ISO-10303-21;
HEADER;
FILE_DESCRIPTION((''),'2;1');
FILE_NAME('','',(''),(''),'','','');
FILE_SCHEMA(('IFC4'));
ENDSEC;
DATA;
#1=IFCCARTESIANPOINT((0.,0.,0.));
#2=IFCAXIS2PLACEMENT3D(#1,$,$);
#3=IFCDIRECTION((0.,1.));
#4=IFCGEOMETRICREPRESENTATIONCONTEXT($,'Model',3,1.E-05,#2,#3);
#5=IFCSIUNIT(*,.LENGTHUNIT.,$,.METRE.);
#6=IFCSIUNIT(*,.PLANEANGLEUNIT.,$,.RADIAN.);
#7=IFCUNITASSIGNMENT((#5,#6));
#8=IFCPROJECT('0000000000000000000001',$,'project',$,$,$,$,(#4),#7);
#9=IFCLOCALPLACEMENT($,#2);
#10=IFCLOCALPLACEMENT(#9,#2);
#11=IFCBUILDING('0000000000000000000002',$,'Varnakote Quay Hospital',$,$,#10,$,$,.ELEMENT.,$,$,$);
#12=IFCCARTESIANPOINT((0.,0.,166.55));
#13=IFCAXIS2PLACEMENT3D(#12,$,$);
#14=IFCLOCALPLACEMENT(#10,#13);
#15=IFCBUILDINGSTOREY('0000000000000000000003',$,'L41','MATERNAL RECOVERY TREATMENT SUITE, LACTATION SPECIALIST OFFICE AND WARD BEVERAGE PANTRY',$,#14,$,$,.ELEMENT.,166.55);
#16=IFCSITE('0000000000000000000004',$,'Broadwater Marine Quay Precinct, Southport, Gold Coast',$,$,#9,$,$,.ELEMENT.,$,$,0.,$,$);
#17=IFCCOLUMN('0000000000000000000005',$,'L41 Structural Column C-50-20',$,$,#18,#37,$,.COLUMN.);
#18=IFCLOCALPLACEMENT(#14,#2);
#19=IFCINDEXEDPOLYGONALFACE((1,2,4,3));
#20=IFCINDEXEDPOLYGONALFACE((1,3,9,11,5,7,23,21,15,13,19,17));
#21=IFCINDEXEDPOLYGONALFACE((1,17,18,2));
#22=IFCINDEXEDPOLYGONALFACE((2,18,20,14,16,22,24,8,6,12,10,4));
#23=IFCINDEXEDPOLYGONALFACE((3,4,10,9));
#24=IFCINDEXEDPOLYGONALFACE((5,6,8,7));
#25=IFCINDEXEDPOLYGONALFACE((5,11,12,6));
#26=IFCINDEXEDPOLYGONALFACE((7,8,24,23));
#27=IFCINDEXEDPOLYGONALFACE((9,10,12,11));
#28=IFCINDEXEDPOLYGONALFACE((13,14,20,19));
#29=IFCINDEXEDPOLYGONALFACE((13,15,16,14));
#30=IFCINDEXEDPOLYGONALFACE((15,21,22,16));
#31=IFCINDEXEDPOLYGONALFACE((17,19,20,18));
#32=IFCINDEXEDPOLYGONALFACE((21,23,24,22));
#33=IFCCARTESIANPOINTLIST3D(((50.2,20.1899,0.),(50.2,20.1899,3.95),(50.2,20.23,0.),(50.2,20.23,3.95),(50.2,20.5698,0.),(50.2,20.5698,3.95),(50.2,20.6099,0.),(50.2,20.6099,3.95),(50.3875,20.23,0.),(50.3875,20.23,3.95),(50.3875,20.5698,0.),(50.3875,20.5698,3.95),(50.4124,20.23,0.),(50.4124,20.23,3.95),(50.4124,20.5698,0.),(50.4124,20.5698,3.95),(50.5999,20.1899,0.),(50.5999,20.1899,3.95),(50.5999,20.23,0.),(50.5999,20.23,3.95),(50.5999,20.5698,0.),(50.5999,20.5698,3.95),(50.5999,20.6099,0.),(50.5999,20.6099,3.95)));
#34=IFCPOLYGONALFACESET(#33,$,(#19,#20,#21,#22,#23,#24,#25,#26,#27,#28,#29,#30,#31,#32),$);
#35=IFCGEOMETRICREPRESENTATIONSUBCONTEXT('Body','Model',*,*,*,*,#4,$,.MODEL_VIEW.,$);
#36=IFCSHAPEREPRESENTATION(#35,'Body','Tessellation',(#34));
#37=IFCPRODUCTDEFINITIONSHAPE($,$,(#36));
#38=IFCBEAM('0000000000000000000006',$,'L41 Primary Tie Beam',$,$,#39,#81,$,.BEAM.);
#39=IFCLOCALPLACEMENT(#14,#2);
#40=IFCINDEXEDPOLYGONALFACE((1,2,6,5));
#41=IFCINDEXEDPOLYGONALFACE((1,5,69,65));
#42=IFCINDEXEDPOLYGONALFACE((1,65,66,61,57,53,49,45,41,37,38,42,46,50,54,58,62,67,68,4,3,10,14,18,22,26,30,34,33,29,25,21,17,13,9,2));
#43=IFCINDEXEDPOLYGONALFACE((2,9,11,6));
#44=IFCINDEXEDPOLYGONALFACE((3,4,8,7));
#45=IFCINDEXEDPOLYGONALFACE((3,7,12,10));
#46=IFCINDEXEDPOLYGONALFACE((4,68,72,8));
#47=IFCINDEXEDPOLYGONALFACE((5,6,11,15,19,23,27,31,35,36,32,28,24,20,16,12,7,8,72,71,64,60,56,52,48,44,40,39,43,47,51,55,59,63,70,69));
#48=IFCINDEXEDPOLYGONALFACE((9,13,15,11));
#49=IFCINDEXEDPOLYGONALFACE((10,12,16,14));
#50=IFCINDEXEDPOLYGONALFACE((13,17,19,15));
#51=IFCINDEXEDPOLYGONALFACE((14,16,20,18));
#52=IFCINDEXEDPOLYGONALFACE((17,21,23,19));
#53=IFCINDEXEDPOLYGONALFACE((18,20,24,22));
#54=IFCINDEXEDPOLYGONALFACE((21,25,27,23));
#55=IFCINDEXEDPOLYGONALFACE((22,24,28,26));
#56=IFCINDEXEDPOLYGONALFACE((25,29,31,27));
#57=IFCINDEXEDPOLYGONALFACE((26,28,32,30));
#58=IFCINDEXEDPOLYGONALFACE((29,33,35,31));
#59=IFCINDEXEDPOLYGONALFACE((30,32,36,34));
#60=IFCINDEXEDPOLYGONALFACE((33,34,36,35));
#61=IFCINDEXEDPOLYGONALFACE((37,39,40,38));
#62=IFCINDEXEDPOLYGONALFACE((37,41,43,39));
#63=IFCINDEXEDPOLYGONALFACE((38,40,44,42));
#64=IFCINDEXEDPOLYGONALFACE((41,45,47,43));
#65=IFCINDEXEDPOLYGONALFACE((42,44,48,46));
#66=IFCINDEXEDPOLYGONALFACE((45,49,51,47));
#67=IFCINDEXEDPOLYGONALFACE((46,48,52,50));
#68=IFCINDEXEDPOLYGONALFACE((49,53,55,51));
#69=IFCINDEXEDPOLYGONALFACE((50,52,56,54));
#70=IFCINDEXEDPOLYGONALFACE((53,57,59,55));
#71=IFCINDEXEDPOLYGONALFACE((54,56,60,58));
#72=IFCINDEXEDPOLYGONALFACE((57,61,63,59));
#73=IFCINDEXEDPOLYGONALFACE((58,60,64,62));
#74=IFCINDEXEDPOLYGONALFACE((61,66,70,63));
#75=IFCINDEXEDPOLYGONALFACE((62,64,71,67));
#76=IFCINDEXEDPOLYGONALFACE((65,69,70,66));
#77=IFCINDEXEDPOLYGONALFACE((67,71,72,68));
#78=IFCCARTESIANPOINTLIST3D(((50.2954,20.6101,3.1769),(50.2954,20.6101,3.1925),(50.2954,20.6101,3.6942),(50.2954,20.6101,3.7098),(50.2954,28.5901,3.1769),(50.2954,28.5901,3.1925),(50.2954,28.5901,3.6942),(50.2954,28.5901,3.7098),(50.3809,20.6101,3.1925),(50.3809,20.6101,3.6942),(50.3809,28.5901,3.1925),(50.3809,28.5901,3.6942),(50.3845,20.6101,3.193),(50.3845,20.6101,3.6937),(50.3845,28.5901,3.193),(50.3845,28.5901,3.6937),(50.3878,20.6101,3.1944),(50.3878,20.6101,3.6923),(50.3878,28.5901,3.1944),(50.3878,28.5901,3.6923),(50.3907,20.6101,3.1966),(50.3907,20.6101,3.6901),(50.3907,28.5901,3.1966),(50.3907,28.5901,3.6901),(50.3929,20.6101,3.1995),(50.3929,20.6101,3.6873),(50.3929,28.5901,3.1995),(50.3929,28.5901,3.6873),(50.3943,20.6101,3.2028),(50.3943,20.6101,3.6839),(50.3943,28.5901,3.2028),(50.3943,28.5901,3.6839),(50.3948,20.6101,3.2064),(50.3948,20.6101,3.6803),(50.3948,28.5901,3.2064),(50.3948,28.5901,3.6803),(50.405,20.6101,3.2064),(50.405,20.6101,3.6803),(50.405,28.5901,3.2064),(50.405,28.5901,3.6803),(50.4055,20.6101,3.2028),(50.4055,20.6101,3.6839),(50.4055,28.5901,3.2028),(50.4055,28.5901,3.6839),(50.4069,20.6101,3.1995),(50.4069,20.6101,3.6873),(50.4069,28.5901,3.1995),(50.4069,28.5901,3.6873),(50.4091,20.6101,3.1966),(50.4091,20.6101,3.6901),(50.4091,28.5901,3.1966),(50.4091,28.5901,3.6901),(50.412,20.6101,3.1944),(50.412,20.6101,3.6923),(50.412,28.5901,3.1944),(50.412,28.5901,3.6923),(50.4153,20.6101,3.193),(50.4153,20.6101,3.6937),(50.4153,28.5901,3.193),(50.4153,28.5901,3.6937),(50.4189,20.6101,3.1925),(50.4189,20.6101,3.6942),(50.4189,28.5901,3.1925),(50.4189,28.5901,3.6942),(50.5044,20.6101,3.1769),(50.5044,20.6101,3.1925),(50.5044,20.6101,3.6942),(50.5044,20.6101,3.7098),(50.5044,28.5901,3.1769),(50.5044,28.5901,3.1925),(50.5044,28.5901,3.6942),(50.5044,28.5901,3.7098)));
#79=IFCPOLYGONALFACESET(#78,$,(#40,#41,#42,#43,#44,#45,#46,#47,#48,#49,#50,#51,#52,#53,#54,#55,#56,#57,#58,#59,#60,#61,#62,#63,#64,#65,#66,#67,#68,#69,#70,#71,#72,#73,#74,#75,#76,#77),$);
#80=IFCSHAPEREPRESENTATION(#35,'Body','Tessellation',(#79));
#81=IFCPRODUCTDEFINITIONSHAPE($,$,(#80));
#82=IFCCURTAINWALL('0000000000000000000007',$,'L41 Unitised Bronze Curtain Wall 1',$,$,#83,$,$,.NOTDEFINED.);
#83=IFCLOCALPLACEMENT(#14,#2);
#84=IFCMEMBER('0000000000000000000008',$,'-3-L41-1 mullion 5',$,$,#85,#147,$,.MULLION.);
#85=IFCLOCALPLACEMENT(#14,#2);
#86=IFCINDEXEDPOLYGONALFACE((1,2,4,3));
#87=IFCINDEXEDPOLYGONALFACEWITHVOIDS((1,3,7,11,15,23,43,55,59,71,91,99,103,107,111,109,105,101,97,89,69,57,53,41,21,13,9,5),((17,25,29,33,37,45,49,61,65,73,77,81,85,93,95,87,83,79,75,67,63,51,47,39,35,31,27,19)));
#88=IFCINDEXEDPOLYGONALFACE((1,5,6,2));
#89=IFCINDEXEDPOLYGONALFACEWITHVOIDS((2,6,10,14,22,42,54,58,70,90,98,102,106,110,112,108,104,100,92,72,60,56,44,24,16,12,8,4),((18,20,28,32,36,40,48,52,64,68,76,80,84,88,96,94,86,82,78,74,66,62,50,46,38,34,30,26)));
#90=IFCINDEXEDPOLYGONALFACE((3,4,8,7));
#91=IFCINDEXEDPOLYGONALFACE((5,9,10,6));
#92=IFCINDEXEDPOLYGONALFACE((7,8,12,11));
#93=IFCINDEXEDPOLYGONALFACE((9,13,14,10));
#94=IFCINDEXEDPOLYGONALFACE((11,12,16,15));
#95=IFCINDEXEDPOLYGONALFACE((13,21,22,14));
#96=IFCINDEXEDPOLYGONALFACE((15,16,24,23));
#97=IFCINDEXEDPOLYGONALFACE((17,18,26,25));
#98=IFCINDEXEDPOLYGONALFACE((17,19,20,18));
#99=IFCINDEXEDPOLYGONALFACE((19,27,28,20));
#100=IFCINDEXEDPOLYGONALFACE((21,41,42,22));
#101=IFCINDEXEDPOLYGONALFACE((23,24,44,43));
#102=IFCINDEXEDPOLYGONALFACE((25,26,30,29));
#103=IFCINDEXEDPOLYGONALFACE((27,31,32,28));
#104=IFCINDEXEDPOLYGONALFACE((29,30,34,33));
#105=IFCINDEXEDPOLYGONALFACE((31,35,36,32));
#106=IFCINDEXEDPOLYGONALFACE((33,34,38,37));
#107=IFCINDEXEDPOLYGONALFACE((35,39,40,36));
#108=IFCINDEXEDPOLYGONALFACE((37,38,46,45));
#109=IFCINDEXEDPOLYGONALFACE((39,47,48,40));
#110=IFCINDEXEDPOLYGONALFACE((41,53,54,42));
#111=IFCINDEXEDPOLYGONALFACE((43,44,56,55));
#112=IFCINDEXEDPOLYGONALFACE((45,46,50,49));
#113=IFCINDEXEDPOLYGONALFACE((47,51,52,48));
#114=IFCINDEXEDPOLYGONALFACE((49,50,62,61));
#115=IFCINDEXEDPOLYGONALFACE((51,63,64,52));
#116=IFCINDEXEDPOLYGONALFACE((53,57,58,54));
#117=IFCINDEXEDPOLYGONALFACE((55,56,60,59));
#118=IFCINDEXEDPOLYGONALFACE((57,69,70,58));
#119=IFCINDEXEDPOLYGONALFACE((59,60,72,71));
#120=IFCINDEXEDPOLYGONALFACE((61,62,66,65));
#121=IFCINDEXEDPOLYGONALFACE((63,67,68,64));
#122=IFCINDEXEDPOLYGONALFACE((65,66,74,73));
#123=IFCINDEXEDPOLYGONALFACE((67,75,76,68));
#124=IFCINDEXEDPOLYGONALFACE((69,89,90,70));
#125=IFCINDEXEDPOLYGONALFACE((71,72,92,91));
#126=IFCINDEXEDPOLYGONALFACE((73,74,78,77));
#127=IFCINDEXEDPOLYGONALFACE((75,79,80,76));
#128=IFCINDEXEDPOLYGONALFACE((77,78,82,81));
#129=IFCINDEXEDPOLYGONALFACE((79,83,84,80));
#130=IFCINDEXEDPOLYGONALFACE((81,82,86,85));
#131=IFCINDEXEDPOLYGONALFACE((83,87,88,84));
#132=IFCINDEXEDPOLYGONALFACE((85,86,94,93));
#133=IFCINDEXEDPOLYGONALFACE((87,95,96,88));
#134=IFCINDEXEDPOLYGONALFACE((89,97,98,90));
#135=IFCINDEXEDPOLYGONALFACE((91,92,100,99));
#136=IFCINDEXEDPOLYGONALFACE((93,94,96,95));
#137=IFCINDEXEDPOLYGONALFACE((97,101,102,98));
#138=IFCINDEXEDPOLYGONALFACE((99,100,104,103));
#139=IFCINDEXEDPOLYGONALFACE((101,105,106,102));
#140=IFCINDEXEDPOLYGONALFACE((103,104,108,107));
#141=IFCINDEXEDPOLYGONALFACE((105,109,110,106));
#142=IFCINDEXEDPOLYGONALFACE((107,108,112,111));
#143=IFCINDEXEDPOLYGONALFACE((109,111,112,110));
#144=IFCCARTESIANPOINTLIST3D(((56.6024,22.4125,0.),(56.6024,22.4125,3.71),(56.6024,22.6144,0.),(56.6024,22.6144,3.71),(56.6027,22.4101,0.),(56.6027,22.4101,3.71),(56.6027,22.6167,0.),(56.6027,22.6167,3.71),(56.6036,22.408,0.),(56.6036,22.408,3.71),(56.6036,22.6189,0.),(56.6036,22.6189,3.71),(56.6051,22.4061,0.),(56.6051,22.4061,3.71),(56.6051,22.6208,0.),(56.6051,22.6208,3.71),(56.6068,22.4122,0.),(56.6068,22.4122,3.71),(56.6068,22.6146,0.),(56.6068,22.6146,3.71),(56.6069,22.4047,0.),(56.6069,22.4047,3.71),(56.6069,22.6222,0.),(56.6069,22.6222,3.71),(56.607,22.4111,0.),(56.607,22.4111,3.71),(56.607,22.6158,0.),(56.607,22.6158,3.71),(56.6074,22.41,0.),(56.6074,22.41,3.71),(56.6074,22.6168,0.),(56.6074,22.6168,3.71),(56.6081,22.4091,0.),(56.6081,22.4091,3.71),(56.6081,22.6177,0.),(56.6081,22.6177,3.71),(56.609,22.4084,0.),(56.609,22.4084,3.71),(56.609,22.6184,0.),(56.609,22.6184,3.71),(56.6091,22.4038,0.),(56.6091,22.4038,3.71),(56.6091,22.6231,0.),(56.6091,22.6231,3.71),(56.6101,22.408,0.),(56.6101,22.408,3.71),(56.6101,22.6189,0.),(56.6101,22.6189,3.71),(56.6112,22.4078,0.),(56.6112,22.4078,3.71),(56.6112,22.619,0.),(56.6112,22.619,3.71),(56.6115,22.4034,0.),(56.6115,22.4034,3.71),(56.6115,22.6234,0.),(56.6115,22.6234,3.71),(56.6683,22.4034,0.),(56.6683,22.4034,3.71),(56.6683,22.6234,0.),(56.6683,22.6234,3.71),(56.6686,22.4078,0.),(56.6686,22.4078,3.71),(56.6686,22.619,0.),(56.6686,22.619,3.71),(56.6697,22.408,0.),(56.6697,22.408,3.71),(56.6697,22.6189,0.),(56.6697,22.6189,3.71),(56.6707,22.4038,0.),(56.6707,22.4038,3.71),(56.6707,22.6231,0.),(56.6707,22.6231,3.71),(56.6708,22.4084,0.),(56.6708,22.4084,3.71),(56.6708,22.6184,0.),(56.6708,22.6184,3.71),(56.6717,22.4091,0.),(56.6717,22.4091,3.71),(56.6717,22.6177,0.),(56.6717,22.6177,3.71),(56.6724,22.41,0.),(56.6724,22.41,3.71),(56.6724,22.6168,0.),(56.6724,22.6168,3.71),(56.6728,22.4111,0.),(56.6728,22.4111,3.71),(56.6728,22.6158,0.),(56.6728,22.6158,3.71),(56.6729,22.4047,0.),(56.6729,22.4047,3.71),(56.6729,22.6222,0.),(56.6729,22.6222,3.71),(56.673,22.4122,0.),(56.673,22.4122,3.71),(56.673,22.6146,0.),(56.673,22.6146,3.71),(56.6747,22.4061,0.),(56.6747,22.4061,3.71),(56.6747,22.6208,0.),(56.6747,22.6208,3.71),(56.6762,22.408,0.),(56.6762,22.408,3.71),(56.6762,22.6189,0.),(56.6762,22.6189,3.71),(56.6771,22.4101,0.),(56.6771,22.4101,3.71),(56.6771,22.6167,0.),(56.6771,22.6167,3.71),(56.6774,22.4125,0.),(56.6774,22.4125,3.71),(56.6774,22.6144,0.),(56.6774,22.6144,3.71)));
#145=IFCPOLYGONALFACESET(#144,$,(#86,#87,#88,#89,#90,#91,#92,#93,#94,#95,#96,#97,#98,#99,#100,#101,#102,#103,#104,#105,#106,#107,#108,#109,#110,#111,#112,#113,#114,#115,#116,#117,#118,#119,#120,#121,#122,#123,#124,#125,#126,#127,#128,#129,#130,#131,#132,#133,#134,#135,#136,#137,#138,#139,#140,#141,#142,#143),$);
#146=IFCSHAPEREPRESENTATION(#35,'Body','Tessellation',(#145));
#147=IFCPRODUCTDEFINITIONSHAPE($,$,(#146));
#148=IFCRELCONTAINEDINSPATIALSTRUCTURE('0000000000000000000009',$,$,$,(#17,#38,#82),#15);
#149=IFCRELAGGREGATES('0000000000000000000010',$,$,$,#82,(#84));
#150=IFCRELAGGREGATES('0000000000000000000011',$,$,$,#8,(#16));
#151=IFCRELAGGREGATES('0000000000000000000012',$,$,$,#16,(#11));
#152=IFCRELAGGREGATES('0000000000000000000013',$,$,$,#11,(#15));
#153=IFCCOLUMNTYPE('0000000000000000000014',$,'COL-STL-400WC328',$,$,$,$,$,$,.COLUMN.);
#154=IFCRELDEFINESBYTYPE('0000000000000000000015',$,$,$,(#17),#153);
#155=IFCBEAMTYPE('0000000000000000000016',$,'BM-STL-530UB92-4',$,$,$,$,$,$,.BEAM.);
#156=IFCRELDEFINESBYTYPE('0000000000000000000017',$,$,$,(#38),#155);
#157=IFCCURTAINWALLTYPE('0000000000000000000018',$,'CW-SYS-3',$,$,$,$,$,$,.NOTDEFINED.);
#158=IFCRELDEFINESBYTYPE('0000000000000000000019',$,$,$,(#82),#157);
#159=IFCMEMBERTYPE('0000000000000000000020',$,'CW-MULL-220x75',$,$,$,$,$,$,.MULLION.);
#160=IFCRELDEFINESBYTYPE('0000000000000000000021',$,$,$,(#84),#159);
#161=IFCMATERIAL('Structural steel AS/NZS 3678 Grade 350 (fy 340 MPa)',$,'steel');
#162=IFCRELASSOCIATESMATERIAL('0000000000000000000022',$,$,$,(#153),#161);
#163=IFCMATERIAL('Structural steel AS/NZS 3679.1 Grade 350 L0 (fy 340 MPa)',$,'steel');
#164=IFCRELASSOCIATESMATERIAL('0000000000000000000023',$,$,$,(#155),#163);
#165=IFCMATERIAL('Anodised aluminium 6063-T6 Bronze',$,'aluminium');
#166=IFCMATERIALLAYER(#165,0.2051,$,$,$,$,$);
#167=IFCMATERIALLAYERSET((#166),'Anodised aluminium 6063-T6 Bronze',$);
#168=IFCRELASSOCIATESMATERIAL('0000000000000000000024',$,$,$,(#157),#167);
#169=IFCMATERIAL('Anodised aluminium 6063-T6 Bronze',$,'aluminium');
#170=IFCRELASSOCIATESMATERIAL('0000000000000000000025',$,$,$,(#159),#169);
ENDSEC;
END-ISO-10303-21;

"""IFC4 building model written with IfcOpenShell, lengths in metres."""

from ifc_helpers import new_model, si_unit, direction, frame, origin, origin_2d, place, context, subcontext, project, spatial, hollow_rectangle, i_section, extrude, material, layer, layer_set, material_profile, profile_set, type_object, element, aggregate, save


model = new_model("IFC4")

# Units and contexts
model_context = context("Model", 3, precision=1e-05, world=origin(), true_north=direction((0.0, 1.0)))
body_context = subcontext(model_context, "Body", "Model", "MODEL_VIEW")
ifc_project = project(units=[si_unit("LENGTHUNIT", "METRE"), si_unit("PLANEANGLEUNIT", "RADIAN")], contexts=[model_context])

# Site, building, storey
site_placement = place(None, origin())
site = spatial("IfcSite", under=ifc_project, at=site_placement, Name="Broadwater Marine Quay Precinct, Southport, Gold Coast", CompositionType="ELEMENT", RefElevation=0.0)
building_placement = place(site_placement, origin())
building = spatial("IfcBuilding", under=site, at=building_placement, Name="Varnakote Quay Hospital", CompositionType="ELEMENT")
storey_placement = place(building_placement, frame((0.0, 0.0, 166.55)))
storey = spatial("IfcBuildingStorey", under=building, at=storey_placement, Name="L41", Description="MATERNAL RECOVERY TREATMENT SUITE, LACTATION SPECIALIST OFFICE AND WARD BEVERAGE PANTRY", CompositionType="ELEMENT", Elevation=166.55)

# Column
ifc_material_1 = material(Name="Structural steel AS/NZS 3678 Grade 350 (fy 340 MPa)", Category="steel")
ifc_material_profile_1 = material_profile(ifc_material_1, i_section(OverallWidth=0.3999, OverallDepth=0.4199, WebThickness=0.0249, FlangeThickness=0.04, at=origin_2d()), Name="400WC328")
ifc_profile_set_1 = profile_set([ifc_material_profile_1], Name="Structural steel AS/NZS 3678 Grade 350 (fy 340 MPa)")
column_type = type_object("IfcColumnType", Name="COL-STL-400WC328", PredefinedType="COLUMN", material=ifc_profile_set_1)
column_placement = place(storey_placement, frame((50.3999, 20.3999, 0.0), z_axis=(0.0, 0.0, 1.0), x_axis=(1.0, 0.0, 0.0)))
element("IfcColumn", 1, at=column_placement, inside=storey, type_object=column_type, Name="L41 Structural Column C-50-20", PredefinedType="COLUMN", context=body_context, shape_type="SweptSolid", body=[
    extrude(i_section(OverallWidth=0.3999, OverallDepth=0.4199, WebThickness=0.0249, FlangeThickness=0.04, at=origin_2d()), origin(), (0.0, 0.0, 1.0), 3.95),
])

# Beam
ifc_material_2 = material(Name="Structural steel AS/NZS 3679.1 Grade 350 L0 (fy 340 MPa)", Category="steel")
ifc_material_profile_2 = material_profile(ifc_material_2, i_section(OverallWidth=0.209, OverallDepth=0.533, WebThickness=0.0103, FlangeThickness=0.0156, FilletRadius=0.0139, at=origin_2d()), Name="530UB92.4")
ifc_profile_set_2 = profile_set([ifc_material_profile_2], Name="Structural steel AS/NZS 3679.1 Grade 350 L0 (fy 340 MPa)")
beam_type = type_object("IfcBeamType", Name="BM-STL-530UB92-4", PredefinedType="BEAM", material=ifc_profile_set_2)
beam_placement = place(storey_placement, frame((50.3999, 20.6101, 3.4434), z_axis=(0.0, 1.0, 0.0), x_axis=(-1.0, 0.0, 0.0)))
element("IfcBeam", 2, at=beam_placement, inside=storey, type_object=beam_type, Name="L41 Primary Tie Beam", PredefinedType="BEAM", context=body_context, shape_type="SweptSolid", body=[
    extrude(i_section(OverallWidth=0.209, OverallDepth=0.533, WebThickness=0.0103, FlangeThickness=0.0156, FilletRadius=0.0139, at=origin_2d()), origin(), (0.0, 0.0, 1.0), 7.98),
])

# Curtain wall, member
ifc_material_3 = material(Name="Anodised aluminium 6063-T6 Bronze", Category="aluminium")
ifc_layer_1 = layer(ifc_material_3, 0.2051)
ifc_layer_set_1 = layer_set([ifc_layer_1], Name="Anodised aluminium 6063-T6 Bronze")
curtain_wall_type = type_object("IfcCurtainWallType", Name="CW-SYS-3", PredefinedType="NOTDEFINED", material=ifc_layer_set_1)
curtain_wall_placement = place(storey_placement, origin())
curtain_wall = element("IfcCurtainWall", 3, at=curtain_wall_placement, inside=storey, type_object=curtain_wall_type, Name="L41 Unitised Bronze Curtain Wall 1", PredefinedType="NOTDEFINED")
ifc_material_4 = material(Name="Anodised aluminium 6063-T6 Bronze", Category="aluminium")
ifc_material_profile_3 = material_profile(ifc_material_4, hollow_rectangle(XDim=0.075, YDim=0.22, WallThickness=0.0044, InnerFilletRadius=0.0044, OuterFilletRadius=0.009, at=origin_2d()), Name="CW-MULL-220x75")
ifc_profile_set_3 = profile_set([ifc_material_profile_3], Name="Anodised aluminium 6063-T6 Bronze")
member_type_1 = type_object("IfcMemberType", Name="CW-MULL-220x75", PredefinedType="MULLION", material=ifc_profile_set_3)
member_1_placement = place(storey_placement, frame((56.6399, 22.5134, 0.0), z_axis=(0.0, 0.0, 1.0), x_axis=(-1.0, 0.0, 0.0)))
member_1 = element("IfcMember", 4, at=member_1_placement, type_object=member_type_1, Name="-3-L41-1 mullion 5", PredefinedType="MULLION", context=body_context, shape_type="SweptSolid", body=[
    extrude(hollow_rectangle(XDim=0.075, YDim=0.22, WallThickness=0.0044, InnerFilletRadius=0.0044, OuterFilletRadius=0.009, at=origin_2d()), origin(), (0.0, 0.0, 1.0), 3.71),
])
aggregate(curtain_wall, [member_1])

save(model, "model.ifc")
